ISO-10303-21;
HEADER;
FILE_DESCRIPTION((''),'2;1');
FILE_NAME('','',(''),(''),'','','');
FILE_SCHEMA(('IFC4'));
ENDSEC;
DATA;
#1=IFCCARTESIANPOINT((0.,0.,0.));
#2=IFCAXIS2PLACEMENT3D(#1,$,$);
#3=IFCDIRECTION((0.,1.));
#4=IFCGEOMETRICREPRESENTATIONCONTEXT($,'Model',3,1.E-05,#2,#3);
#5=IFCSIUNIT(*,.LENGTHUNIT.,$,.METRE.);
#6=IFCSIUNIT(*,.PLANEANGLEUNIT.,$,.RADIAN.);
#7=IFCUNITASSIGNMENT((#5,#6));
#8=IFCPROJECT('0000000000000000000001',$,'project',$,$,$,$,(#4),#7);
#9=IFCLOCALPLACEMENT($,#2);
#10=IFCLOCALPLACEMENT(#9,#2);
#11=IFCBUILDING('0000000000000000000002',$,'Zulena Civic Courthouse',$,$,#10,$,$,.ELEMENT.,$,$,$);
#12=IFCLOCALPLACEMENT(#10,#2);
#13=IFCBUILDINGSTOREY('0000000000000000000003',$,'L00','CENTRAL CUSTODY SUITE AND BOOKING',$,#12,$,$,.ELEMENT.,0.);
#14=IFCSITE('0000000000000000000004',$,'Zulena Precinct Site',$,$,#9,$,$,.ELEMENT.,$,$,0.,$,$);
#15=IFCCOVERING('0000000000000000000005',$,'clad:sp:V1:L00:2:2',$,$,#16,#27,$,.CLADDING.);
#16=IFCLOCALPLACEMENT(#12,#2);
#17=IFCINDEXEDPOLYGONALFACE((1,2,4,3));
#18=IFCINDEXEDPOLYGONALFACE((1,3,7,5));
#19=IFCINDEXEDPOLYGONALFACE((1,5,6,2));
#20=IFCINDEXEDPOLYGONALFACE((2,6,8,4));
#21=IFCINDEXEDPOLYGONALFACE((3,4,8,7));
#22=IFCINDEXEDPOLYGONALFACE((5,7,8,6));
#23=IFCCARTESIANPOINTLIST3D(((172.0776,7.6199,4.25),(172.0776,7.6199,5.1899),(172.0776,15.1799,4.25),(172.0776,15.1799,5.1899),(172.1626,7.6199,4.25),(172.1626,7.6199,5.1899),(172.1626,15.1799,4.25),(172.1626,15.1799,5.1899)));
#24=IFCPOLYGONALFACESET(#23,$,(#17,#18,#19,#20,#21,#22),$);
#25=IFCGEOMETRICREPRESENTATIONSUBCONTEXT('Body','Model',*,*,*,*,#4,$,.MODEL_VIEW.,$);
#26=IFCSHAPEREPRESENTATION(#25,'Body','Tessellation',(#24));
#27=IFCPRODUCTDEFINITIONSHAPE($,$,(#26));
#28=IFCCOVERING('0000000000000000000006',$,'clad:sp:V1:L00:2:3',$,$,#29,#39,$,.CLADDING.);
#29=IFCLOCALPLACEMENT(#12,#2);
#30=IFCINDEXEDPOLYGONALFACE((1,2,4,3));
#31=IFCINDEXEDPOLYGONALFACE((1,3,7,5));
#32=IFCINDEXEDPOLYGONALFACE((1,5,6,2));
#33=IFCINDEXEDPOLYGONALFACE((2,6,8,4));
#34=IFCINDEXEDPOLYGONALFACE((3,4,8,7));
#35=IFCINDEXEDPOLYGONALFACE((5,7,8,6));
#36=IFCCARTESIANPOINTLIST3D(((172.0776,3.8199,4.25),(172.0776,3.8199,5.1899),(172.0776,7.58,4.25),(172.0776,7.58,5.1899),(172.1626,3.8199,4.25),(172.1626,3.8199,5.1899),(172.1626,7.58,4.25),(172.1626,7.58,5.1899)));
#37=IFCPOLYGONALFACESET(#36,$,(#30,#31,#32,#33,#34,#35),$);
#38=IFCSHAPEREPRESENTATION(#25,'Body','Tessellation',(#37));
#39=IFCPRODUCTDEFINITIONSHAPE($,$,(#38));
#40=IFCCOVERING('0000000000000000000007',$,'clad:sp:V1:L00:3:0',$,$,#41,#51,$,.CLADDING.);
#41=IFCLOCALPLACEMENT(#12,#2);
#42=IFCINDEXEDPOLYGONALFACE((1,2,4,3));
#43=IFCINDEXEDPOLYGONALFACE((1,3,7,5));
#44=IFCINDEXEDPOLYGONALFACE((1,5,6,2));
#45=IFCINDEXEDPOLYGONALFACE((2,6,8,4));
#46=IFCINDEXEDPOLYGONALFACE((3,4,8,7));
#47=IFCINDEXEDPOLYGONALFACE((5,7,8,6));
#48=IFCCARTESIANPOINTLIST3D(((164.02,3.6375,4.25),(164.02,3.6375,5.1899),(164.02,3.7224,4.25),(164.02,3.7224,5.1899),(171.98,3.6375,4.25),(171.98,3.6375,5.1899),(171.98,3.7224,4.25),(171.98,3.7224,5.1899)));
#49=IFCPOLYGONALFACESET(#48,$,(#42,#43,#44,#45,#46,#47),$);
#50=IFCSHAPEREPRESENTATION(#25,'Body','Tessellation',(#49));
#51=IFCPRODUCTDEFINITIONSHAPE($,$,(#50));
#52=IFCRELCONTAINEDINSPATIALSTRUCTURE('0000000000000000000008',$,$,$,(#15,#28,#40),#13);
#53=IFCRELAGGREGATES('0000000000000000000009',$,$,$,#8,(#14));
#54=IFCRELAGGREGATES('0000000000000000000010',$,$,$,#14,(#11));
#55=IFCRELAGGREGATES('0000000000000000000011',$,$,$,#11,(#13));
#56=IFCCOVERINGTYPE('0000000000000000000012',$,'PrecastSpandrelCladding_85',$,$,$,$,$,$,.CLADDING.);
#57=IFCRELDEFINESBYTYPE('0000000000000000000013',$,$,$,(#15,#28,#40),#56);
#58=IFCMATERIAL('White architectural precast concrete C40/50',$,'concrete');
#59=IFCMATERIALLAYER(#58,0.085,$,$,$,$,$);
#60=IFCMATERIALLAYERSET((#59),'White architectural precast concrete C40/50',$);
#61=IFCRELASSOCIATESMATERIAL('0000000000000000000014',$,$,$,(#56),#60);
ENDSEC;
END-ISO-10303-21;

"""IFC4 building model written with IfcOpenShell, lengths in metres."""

from ifc_helpers import new_model, si_unit, direction, frame, origin, origin_2d, place, context, subcontext, project, spatial, rectangle, extrude, material, layer, layer_set, type_object, element, save


model = new_model("IFC4")

# Units and contexts
model_context = context("Model", 3, precision=1e-05, world=origin(), true_north=direction((0.0, 1.0)))
body_context = subcontext(model_context, "Body", "Model", "MODEL_VIEW")
ifc_project = project(units=[si_unit("LENGTHUNIT", "METRE"), si_unit("PLANEANGLEUNIT", "RADIAN")], contexts=[model_context])

# Site, building, storey
site_placement = place(None, origin())
site = spatial("IfcSite", under=ifc_project, at=site_placement, Name="Zulena Precinct Site", CompositionType="ELEMENT", RefElevation=0.0)
building_placement = place(site_placement, origin())
building = spatial("IfcBuilding", under=site, at=building_placement, Name="Zulena Civic Courthouse", CompositionType="ELEMENT")
storey_placement = place(building_placement, origin())
storey = spatial("IfcBuildingStorey", under=building, at=storey_placement, Name="L00", Description="CENTRAL CUSTODY SUITE AND BOOKING", CompositionType="ELEMENT", Elevation=0.0)

# Coverings
ifc_material_1 = material(Name="White architectural precast concrete C40/50", Category="concrete")
ifc_layer_1 = layer(ifc_material_1, 0.085)
ifc_layer_set_1 = layer_set([ifc_layer_1], Name="White architectural precast concrete C40/50")
covering_type = type_object("IfcCoveringType", Name="PrecastSpandrelCladding_85", PredefinedType="CLADDING", material=ifc_layer_set_1)
covering_1_placement = place(storey_placement, frame((172.1201, 11.3999, 4.25), z_axis=(0.0, 0.0, 1.0), x_axis=(0.0, -1.0, 0.0)))
element("IfcCovering", 1, at=covering_1_placement, inside=storey, type_object=covering_type, Name="clad:sp:V1:L00:2:2", PredefinedType="CLADDING", context=body_context, shape_type="SweptSolid", body=[
    extrude(rectangle(XDim=7.5601, YDim=0.085, at=origin_2d()), origin(), (0.0, 0.0, 1.0), 0.9399),
])
covering_2_placement = place(storey_placement, frame((172.1201, 5.7, 4.25), z_axis=(0.0, 0.0, 1.0), x_axis=(0.0, -1.0, 0.0)))
element("IfcCovering", 2, at=covering_2_placement, inside=storey, type_object=covering_type, Name="clad:sp:V1:L00:2:3", PredefinedType="CLADDING", context=body_context, shape_type="SweptSolid", body=[
    extrude(rectangle(XDim=3.76, YDim=0.085, at=origin_2d()), origin(), (0.0, 0.0, 1.0), 0.9399),
])
covering_3_placement = place(storey_placement, frame((168.0, 3.6799, 4.25), z_axis=(0.0, 0.0, 1.0), x_axis=(-1.0, 0.0, 0.0)))
element("IfcCovering", 3, at=covering_3_placement, inside=storey, type_object=covering_type, Name="clad:sp:V1:L00:3:0", PredefinedType="CLADDING", context=body_context, shape_type="SweptSolid", body=[
    extrude(rectangle(XDim=7.96, YDim=0.085, at=origin_2d()), origin(), (0.0, 0.0, 1.0), 0.9399),
])

save(model, "model.ifc")
